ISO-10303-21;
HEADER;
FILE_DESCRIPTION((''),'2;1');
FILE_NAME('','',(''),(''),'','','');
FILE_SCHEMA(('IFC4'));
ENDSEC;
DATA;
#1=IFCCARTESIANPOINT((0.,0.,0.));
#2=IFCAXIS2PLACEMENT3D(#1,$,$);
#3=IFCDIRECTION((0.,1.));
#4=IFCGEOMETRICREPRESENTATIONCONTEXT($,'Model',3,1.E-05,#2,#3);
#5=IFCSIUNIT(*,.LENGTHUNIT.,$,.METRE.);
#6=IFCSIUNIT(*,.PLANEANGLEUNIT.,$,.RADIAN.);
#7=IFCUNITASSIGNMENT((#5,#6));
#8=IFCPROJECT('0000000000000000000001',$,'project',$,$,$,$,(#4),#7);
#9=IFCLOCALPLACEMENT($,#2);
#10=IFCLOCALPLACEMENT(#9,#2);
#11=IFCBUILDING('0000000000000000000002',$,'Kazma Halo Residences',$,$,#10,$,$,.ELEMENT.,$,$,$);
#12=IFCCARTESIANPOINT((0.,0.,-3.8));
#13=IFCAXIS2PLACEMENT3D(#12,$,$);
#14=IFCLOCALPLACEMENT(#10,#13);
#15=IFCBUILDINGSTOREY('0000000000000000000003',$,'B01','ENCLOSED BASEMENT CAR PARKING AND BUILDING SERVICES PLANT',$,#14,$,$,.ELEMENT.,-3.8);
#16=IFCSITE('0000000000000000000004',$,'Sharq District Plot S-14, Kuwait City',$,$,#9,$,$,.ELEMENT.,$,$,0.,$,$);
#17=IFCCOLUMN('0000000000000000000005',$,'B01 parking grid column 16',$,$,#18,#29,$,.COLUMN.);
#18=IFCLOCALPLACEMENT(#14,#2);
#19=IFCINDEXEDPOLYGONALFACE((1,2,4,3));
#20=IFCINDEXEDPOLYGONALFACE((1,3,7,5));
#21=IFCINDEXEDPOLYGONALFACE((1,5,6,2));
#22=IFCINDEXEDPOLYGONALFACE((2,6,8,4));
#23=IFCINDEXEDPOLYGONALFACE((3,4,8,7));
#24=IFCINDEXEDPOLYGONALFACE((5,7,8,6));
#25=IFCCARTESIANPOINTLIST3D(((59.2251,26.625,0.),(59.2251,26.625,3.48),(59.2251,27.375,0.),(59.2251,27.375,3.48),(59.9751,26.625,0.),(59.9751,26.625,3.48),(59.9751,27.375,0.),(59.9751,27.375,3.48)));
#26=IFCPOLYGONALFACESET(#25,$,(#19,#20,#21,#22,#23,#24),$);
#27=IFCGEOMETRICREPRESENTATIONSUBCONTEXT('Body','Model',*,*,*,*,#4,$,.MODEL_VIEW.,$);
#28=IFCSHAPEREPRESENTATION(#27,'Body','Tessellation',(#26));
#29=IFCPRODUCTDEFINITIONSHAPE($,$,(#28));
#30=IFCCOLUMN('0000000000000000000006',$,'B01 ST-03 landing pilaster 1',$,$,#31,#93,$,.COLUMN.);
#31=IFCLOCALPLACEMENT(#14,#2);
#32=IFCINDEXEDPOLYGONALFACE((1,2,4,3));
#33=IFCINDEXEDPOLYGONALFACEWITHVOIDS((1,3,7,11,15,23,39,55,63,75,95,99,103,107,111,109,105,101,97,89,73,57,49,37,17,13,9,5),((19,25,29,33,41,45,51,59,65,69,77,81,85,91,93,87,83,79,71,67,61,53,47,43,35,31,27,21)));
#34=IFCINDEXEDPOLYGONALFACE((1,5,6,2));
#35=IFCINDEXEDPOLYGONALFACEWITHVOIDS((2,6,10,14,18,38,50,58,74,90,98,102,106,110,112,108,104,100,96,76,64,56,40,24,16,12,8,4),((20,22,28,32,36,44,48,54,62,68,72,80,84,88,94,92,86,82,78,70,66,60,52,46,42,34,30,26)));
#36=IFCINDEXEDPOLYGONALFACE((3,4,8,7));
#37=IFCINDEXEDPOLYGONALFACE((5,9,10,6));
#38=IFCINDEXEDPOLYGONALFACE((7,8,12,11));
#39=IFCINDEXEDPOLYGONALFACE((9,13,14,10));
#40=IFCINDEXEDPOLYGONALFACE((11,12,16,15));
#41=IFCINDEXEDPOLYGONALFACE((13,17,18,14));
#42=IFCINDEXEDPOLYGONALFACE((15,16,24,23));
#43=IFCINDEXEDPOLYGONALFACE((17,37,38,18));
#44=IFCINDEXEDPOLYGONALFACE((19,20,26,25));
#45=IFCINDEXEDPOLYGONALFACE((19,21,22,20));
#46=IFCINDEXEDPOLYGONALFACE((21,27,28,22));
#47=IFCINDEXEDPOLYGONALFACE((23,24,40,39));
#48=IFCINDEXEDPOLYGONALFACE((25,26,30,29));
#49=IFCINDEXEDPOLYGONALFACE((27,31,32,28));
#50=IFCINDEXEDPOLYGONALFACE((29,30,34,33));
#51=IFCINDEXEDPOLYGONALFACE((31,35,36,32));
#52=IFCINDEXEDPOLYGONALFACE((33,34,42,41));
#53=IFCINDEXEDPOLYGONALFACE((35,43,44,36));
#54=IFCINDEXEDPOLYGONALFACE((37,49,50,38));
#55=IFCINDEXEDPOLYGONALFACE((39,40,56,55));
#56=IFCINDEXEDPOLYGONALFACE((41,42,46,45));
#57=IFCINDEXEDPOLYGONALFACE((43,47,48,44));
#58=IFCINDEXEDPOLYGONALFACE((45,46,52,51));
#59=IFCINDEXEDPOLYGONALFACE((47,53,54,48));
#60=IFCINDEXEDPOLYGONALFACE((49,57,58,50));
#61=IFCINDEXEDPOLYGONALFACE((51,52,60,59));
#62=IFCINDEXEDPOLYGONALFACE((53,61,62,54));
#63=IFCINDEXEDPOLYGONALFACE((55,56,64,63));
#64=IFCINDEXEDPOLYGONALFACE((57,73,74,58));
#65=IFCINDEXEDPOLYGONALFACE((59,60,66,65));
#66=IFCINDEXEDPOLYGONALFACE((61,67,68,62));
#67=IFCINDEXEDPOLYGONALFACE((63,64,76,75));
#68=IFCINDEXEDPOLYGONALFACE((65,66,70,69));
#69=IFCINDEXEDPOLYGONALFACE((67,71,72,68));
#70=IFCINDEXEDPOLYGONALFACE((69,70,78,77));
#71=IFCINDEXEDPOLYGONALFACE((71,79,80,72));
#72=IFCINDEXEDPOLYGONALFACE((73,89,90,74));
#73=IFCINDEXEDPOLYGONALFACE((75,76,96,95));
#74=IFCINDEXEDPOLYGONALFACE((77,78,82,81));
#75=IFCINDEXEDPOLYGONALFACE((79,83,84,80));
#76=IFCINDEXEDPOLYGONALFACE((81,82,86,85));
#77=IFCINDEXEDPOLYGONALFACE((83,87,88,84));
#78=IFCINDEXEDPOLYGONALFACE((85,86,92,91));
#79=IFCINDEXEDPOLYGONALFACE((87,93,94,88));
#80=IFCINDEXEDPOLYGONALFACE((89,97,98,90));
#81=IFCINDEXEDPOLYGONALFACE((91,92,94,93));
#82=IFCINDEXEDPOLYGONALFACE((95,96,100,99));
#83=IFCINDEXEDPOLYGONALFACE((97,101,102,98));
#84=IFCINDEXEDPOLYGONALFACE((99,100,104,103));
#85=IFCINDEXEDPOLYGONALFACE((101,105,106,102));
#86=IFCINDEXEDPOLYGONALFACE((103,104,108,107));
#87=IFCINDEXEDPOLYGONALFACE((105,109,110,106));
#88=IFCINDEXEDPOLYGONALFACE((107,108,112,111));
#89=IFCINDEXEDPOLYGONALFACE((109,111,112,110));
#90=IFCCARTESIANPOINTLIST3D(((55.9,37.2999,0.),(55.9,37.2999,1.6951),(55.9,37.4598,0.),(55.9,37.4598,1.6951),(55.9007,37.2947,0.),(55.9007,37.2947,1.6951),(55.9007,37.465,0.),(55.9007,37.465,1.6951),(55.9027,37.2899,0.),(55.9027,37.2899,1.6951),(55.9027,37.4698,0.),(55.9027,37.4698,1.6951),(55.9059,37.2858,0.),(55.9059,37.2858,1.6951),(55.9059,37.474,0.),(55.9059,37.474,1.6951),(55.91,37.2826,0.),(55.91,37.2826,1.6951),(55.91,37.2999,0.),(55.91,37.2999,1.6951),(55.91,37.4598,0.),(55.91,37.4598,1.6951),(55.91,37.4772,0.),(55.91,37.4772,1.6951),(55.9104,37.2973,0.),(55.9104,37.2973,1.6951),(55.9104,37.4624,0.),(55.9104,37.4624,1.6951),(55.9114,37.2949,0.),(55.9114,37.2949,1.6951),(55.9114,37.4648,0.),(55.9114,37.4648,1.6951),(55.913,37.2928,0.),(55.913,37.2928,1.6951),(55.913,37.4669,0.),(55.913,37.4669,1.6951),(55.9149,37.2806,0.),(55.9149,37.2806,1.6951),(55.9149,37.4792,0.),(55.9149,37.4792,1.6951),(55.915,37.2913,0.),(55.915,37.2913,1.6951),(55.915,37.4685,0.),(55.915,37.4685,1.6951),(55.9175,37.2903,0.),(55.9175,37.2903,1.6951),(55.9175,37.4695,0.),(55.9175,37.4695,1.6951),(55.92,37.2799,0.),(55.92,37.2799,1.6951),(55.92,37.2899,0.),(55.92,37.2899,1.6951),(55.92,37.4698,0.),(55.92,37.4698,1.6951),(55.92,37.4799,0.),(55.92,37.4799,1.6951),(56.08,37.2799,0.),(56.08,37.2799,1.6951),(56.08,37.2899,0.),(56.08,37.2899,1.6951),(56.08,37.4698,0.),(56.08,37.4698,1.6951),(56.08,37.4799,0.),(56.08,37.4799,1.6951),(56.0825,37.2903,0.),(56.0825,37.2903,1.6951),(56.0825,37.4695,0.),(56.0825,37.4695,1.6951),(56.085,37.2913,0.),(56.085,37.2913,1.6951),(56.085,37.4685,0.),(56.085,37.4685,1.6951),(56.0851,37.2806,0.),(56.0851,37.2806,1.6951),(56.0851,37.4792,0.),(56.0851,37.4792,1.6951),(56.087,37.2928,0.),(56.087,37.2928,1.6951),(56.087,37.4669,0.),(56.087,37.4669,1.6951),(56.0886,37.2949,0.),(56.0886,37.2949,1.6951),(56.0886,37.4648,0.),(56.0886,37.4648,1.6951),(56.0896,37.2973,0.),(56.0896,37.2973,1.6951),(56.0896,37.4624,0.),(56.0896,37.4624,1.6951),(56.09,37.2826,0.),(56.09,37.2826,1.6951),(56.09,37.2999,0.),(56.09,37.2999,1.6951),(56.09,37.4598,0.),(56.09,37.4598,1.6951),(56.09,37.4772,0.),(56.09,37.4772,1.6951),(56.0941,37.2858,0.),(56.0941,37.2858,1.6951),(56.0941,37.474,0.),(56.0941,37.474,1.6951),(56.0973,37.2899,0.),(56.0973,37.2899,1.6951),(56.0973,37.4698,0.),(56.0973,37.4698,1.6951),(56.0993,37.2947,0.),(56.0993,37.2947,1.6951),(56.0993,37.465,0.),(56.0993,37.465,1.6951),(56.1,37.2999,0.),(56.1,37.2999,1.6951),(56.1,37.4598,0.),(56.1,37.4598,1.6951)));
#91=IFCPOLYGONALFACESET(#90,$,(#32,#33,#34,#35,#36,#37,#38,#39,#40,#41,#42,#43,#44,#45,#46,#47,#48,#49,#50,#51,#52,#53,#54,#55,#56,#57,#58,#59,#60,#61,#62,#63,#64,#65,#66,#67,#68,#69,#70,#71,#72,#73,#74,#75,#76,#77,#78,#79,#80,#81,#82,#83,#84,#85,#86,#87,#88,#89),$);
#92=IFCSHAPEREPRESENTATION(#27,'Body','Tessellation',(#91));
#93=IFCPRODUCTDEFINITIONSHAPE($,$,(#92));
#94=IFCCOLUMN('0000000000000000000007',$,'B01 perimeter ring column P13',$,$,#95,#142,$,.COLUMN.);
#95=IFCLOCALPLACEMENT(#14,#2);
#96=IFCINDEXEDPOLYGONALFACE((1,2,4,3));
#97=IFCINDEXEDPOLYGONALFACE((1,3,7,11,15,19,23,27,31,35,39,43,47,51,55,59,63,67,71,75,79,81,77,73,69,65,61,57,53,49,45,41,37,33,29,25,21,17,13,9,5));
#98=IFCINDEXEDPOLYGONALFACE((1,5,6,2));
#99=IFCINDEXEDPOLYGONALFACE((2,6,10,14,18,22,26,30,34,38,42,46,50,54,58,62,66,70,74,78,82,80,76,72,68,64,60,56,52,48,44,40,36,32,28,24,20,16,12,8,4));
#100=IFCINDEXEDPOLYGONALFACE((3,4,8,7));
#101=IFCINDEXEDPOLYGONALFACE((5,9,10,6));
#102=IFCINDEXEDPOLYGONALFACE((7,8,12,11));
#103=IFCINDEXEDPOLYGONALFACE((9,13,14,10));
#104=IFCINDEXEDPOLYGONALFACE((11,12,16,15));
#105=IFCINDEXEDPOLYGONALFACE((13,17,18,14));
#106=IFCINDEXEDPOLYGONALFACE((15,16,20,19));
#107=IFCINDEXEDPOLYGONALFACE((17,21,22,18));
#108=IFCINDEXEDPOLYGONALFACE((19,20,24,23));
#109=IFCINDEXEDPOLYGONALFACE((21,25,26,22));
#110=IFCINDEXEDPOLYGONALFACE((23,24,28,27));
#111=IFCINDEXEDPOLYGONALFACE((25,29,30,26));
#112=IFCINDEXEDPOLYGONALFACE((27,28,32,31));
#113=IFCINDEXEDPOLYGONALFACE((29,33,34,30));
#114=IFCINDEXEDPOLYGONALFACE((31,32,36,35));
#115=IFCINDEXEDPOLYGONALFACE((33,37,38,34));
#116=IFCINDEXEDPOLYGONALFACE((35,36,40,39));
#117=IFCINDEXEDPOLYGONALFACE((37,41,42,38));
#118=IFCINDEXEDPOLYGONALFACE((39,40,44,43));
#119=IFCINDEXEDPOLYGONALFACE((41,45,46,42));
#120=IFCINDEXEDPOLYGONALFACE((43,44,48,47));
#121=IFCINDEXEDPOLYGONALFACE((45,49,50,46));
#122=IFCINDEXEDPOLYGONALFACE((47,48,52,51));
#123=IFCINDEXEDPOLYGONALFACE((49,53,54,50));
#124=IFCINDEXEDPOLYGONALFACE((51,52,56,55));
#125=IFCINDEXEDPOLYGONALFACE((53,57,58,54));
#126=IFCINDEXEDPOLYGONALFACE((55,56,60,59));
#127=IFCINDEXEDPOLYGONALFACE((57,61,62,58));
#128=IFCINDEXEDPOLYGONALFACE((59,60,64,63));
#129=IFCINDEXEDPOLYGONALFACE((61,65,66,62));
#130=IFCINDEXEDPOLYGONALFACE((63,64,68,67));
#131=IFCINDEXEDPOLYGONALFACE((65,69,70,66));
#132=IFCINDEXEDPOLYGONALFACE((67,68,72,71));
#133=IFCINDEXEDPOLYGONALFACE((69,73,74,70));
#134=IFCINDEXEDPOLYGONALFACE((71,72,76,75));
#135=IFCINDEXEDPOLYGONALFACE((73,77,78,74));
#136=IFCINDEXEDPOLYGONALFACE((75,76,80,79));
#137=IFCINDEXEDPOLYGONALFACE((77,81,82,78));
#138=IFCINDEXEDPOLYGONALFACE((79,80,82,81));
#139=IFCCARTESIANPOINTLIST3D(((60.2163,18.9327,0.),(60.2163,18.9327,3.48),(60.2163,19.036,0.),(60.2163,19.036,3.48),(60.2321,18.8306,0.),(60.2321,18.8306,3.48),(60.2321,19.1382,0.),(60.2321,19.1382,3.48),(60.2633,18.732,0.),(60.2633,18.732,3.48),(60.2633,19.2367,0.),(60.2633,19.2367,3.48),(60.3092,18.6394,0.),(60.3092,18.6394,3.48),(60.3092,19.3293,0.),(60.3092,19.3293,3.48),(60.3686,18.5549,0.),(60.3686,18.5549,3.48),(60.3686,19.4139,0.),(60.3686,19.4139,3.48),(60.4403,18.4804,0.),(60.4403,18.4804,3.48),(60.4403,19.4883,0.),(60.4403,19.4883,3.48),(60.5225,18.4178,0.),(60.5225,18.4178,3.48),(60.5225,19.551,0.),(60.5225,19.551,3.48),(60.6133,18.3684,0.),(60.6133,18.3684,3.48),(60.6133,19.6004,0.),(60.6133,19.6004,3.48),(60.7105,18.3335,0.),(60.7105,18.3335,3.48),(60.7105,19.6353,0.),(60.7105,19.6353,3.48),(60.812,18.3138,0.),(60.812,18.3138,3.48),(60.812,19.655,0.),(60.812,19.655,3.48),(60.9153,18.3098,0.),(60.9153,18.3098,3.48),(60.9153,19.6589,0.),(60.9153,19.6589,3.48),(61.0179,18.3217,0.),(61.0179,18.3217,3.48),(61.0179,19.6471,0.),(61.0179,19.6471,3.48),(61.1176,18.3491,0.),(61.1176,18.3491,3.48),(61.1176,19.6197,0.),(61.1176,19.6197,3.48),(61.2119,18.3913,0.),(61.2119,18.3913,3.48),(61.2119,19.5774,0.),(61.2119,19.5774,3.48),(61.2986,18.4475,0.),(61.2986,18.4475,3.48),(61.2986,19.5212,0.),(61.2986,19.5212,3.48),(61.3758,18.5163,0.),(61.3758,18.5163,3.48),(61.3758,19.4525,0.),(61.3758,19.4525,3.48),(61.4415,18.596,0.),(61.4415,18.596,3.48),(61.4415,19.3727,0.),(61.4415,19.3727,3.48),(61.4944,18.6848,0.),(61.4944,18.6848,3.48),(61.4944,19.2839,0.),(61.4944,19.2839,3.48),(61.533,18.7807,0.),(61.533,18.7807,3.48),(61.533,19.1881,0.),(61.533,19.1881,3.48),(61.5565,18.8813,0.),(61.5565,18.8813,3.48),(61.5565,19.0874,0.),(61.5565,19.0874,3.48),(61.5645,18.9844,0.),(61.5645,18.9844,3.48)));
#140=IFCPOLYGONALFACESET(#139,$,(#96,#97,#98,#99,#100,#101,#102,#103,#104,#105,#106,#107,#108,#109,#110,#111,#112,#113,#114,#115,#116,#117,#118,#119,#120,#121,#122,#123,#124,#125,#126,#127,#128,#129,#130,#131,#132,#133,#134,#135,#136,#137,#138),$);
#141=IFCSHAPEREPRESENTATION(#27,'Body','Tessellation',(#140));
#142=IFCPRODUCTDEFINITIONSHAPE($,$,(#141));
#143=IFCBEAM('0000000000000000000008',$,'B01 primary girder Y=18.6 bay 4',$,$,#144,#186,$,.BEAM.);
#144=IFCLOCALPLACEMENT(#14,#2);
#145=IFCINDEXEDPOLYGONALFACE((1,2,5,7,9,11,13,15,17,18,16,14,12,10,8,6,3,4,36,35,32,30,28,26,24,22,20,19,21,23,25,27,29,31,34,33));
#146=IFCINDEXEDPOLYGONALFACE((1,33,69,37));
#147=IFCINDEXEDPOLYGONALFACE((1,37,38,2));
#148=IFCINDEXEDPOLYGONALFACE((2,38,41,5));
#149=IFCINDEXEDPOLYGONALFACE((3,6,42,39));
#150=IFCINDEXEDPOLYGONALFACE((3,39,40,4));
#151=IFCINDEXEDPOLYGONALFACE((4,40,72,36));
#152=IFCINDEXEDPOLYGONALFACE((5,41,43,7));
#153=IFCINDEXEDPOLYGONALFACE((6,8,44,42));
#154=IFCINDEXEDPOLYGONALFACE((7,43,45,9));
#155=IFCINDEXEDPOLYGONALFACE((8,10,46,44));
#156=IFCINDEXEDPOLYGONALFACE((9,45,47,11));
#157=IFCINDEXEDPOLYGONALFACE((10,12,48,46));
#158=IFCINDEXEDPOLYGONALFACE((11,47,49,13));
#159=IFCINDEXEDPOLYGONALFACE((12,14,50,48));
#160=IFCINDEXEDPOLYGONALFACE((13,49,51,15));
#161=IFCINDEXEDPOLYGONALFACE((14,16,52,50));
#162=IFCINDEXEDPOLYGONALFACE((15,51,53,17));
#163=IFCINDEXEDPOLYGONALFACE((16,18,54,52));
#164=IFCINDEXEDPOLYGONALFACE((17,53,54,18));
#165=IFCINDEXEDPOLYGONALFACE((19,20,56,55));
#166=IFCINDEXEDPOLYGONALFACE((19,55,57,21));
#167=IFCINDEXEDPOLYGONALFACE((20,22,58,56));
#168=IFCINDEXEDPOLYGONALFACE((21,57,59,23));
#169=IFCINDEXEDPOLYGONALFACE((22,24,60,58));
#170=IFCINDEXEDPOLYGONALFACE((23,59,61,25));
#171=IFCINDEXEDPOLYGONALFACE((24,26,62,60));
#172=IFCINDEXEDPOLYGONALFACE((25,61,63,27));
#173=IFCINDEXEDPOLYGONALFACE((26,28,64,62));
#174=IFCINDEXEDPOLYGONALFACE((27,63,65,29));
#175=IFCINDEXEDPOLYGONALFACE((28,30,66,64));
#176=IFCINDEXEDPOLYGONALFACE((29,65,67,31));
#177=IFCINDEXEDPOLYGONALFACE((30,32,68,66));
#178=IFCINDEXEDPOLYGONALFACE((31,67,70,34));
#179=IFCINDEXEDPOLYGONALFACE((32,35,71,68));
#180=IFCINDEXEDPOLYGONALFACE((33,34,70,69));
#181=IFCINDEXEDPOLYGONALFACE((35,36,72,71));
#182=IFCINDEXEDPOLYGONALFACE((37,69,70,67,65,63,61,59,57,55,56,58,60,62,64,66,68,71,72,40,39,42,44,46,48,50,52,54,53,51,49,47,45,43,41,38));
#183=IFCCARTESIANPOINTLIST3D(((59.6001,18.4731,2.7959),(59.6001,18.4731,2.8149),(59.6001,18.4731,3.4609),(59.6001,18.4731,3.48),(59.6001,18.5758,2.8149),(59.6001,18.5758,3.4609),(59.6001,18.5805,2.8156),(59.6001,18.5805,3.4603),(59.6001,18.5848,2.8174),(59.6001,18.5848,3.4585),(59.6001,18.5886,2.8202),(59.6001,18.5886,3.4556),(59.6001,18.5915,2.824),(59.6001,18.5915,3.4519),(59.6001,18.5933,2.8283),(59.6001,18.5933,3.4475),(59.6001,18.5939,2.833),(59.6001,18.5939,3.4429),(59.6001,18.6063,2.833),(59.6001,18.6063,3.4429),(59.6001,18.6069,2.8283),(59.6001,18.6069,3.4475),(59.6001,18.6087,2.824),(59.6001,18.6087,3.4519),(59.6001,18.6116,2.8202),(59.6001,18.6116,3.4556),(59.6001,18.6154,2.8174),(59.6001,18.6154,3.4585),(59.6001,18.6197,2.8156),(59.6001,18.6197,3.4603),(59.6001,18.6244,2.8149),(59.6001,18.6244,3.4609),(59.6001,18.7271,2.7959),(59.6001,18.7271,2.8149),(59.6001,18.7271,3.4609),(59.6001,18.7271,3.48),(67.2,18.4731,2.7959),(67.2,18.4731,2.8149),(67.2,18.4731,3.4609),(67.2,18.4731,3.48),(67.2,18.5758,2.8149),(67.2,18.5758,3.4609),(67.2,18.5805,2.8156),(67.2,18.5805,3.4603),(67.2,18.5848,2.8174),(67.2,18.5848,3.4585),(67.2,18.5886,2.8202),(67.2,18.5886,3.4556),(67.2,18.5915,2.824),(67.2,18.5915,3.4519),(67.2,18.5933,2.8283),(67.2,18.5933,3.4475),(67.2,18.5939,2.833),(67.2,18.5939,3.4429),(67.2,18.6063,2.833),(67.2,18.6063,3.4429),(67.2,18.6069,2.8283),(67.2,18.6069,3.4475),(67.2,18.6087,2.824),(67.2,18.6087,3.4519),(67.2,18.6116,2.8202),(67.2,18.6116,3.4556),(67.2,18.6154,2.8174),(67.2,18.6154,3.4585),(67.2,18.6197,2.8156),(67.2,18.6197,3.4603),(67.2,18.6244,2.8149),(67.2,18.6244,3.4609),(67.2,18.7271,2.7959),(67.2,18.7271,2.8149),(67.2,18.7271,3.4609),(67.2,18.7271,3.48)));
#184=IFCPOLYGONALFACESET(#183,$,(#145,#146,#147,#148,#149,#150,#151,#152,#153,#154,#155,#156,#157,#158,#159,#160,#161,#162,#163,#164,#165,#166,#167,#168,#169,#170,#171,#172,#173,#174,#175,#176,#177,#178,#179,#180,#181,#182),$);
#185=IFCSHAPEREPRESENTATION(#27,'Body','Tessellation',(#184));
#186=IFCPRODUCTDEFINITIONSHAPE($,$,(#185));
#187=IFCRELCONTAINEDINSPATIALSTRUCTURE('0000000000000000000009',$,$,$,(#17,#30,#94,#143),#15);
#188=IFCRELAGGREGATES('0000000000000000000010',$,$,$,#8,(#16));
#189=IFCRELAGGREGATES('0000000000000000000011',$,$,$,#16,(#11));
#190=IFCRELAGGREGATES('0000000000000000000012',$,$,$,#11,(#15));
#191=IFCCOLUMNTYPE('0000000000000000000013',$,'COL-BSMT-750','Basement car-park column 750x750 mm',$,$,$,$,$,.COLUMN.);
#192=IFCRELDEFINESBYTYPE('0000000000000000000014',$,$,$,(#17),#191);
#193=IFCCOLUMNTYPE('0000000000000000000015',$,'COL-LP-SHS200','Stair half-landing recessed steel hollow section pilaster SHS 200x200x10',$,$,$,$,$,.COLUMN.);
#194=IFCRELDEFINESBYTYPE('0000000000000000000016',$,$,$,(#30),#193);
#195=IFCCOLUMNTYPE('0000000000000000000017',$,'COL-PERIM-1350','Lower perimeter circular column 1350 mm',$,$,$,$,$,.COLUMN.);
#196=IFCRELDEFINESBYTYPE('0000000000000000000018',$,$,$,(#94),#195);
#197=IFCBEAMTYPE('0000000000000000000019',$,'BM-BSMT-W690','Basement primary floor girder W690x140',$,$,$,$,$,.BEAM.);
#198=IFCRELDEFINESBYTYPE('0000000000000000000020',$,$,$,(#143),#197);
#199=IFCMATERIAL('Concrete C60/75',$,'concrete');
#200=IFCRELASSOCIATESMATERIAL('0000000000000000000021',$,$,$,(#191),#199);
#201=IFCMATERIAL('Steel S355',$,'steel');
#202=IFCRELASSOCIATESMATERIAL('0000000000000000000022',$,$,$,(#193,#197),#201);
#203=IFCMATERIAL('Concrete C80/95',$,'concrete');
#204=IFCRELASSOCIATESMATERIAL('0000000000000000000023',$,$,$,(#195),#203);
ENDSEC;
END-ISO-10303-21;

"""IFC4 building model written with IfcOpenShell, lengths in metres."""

from ifc_helpers import new_model, si_unit, direction, frame, origin, origin_2d, place, context, subcontext, project, spatial, rectangle, hollow_rectangle, circle, i_section, extrude, material, material_profile, profile_set, type_object, element, save


model = new_model("IFC4")

# Units and contexts
model_context = context("Model", 3, precision=1e-05, world=origin(), true_north=direction((0.0, 1.0)))
body_context = subcontext(model_context, "Body", "Model", "MODEL_VIEW")
ifc_project = project(units=[si_unit("LENGTHUNIT", "METRE"), si_unit("PLANEANGLEUNIT", "RADIAN")], contexts=[model_context])

# Site, building, storey
site_placement = place(None, origin())
site = spatial("IfcSite", under=ifc_project, at=site_placement, Name="Sharq District Plot S-14, Kuwait City", CompositionType="ELEMENT", RefElevation=0.0)
building_placement = place(site_placement, origin())
building = spatial("IfcBuilding", under=site, at=building_placement, Name="Kazma Halo Residences", CompositionType="ELEMENT")
storey_placement = place(building_placement, frame((0.0, 0.0, -3.8)))
storey = spatial("IfcBuildingStorey", under=building, at=storey_placement, Name="B01", Description="ENCLOSED BASEMENT CAR PARKING AND BUILDING SERVICES PLANT", CompositionType="ELEMENT", Elevation=-3.8)

# Columns
ifc_material_1 = material(Name="Concrete C60/75", Category="concrete")
ifc_material_profile_1 = material_profile(ifc_material_1, rectangle(XDim=0.75, YDim=0.75, at=origin_2d()), Name="RECT750x750")
ifc_profile_set_1 = profile_set([ifc_material_profile_1], Name="Concrete C60/75")
column_type_1 = type_object("IfcColumnType", Name="COL-BSMT-750", Description="Basement car-park column 750x750 mm", PredefinedType="COLUMN", material=ifc_profile_set_1)
column_1_placement = place(storey_placement, frame((59.6001, 27.0, 0.0), z_axis=(0.0, 0.0, 1.0), x_axis=(1.0, 0.0, 0.0)))
element("IfcColumn", 1, at=column_1_placement, inside=storey, type_object=column_type_1, Name="B01 parking grid column 16", PredefinedType="COLUMN", context=body_context, shape_type="SweptSolid", body=[
    extrude(rectangle(XDim=0.75, YDim=0.75, at=origin_2d()), origin(), (0.0, 0.0, 1.0), 3.48),
])
ifc_material_2 = material(Name="Steel S355", Category="steel")
ifc_material_profile_2 = material_profile(ifc_material_2, hollow_rectangle(XDim=0.2, YDim=0.2, WallThickness=0.01, InnerFilletRadius=0.01, OuterFilletRadius=0.02, at=origin_2d()), Name="SHS200x200x10")
ifc_profile_set_2 = profile_set([ifc_material_profile_2], Name="Steel S355")
column_type_2 = type_object("IfcColumnType", Name="COL-LP-SHS200", Description="Stair half-landing recessed steel hollow section pilaster SHS 200x200x10", PredefinedType="COLUMN", material=ifc_profile_set_2)
column_2_placement = place(storey_placement, frame((56.0, 37.3799, 0.0), z_axis=(0.0, 0.0, 1.0), x_axis=(1.0, 0.0, 0.0)))
element("IfcColumn", 2, at=column_2_placement, inside=storey, type_object=column_type_2, Name="B01 ST-03 landing pilaster 1", PredefinedType="COLUMN", context=body_context, shape_type="SweptSolid", body=[
    extrude(hollow_rectangle(XDim=0.2, YDim=0.2, WallThickness=0.01, InnerFilletRadius=0.01, OuterFilletRadius=0.02, at=origin_2d()), origin(), (0.0, 0.0, 1.0), 1.6951),
])
ifc_material_3 = material(Name="Concrete C80/95", Category="concrete")
ifc_material_profile_3 = material_profile(ifc_material_3, circle(Radius=0.675, at=origin_2d()), Name="CIRC1350")
ifc_profile_set_3 = profile_set([ifc_material_profile_3], Name="Concrete C80/95")
column_type_3 = type_object("IfcColumnType", Name="COL-PERIM-1350", Description="Lower perimeter circular column 1350 mm", PredefinedType="COLUMN", material=ifc_profile_set_3)
column_3_placement = place(storey_placement, frame((60.8894, 18.9844, 0.0), z_axis=(0.0, 0.0, 1.0), x_axis=(1.0, 0.0, 0.0)))
element("IfcColumn", 3, at=column_3_placement, inside=storey, type_object=column_type_3, Name="B01 perimeter ring column P13", PredefinedType="COLUMN", context=body_context, shape_type="SweptSolid", body=[
    extrude(circle(Radius=0.675, at=origin_2d()), origin(), (0.0, 0.0, 1.0), 3.48),
])

# Beam
ifc_material_profile_4 = material_profile(ifc_material_2, i_section(OverallWidth=0.2539, OverallDepth=0.6841, WebThickness=0.0125, FlangeThickness=0.019, FilletRadius=0.0181, at=origin_2d()), Name="W690x140")
ifc_profile_set_4 = profile_set([ifc_material_profile_4], Name="Steel S355")
beam_type_1 = type_object("IfcBeamType", Name="BM-BSMT-W690", Description="Basement primary floor girder W690x140", PredefinedType="BEAM", material=ifc_profile_set_4)
for number, where, z_axis, x_axis, name in (
    (4, (59.6001, 18.6001, 3.1379), (1.0, 0.0, 0.0), (0.0, 1.0, 0.0), "B01 primary girder Y=18.6 bay 4"),
):
    element("IfcBeam", number, at=place(storey_placement, frame(where, z_axis=z_axis, x_axis=x_axis)), inside=storey, type_object=beam_type_1, Name=name, PredefinedType="BEAM", context=body_context, shape_type="SweptSolid", body=[
        extrude(i_section(OverallWidth=0.2539, OverallDepth=0.6841, WebThickness=0.0125, FlangeThickness=0.019, FilletRadius=0.0181, at=origin_2d()), origin(), (0.0, 0.0, 1.0), 7.5999),
    ])

save(model, "model.ifc")
